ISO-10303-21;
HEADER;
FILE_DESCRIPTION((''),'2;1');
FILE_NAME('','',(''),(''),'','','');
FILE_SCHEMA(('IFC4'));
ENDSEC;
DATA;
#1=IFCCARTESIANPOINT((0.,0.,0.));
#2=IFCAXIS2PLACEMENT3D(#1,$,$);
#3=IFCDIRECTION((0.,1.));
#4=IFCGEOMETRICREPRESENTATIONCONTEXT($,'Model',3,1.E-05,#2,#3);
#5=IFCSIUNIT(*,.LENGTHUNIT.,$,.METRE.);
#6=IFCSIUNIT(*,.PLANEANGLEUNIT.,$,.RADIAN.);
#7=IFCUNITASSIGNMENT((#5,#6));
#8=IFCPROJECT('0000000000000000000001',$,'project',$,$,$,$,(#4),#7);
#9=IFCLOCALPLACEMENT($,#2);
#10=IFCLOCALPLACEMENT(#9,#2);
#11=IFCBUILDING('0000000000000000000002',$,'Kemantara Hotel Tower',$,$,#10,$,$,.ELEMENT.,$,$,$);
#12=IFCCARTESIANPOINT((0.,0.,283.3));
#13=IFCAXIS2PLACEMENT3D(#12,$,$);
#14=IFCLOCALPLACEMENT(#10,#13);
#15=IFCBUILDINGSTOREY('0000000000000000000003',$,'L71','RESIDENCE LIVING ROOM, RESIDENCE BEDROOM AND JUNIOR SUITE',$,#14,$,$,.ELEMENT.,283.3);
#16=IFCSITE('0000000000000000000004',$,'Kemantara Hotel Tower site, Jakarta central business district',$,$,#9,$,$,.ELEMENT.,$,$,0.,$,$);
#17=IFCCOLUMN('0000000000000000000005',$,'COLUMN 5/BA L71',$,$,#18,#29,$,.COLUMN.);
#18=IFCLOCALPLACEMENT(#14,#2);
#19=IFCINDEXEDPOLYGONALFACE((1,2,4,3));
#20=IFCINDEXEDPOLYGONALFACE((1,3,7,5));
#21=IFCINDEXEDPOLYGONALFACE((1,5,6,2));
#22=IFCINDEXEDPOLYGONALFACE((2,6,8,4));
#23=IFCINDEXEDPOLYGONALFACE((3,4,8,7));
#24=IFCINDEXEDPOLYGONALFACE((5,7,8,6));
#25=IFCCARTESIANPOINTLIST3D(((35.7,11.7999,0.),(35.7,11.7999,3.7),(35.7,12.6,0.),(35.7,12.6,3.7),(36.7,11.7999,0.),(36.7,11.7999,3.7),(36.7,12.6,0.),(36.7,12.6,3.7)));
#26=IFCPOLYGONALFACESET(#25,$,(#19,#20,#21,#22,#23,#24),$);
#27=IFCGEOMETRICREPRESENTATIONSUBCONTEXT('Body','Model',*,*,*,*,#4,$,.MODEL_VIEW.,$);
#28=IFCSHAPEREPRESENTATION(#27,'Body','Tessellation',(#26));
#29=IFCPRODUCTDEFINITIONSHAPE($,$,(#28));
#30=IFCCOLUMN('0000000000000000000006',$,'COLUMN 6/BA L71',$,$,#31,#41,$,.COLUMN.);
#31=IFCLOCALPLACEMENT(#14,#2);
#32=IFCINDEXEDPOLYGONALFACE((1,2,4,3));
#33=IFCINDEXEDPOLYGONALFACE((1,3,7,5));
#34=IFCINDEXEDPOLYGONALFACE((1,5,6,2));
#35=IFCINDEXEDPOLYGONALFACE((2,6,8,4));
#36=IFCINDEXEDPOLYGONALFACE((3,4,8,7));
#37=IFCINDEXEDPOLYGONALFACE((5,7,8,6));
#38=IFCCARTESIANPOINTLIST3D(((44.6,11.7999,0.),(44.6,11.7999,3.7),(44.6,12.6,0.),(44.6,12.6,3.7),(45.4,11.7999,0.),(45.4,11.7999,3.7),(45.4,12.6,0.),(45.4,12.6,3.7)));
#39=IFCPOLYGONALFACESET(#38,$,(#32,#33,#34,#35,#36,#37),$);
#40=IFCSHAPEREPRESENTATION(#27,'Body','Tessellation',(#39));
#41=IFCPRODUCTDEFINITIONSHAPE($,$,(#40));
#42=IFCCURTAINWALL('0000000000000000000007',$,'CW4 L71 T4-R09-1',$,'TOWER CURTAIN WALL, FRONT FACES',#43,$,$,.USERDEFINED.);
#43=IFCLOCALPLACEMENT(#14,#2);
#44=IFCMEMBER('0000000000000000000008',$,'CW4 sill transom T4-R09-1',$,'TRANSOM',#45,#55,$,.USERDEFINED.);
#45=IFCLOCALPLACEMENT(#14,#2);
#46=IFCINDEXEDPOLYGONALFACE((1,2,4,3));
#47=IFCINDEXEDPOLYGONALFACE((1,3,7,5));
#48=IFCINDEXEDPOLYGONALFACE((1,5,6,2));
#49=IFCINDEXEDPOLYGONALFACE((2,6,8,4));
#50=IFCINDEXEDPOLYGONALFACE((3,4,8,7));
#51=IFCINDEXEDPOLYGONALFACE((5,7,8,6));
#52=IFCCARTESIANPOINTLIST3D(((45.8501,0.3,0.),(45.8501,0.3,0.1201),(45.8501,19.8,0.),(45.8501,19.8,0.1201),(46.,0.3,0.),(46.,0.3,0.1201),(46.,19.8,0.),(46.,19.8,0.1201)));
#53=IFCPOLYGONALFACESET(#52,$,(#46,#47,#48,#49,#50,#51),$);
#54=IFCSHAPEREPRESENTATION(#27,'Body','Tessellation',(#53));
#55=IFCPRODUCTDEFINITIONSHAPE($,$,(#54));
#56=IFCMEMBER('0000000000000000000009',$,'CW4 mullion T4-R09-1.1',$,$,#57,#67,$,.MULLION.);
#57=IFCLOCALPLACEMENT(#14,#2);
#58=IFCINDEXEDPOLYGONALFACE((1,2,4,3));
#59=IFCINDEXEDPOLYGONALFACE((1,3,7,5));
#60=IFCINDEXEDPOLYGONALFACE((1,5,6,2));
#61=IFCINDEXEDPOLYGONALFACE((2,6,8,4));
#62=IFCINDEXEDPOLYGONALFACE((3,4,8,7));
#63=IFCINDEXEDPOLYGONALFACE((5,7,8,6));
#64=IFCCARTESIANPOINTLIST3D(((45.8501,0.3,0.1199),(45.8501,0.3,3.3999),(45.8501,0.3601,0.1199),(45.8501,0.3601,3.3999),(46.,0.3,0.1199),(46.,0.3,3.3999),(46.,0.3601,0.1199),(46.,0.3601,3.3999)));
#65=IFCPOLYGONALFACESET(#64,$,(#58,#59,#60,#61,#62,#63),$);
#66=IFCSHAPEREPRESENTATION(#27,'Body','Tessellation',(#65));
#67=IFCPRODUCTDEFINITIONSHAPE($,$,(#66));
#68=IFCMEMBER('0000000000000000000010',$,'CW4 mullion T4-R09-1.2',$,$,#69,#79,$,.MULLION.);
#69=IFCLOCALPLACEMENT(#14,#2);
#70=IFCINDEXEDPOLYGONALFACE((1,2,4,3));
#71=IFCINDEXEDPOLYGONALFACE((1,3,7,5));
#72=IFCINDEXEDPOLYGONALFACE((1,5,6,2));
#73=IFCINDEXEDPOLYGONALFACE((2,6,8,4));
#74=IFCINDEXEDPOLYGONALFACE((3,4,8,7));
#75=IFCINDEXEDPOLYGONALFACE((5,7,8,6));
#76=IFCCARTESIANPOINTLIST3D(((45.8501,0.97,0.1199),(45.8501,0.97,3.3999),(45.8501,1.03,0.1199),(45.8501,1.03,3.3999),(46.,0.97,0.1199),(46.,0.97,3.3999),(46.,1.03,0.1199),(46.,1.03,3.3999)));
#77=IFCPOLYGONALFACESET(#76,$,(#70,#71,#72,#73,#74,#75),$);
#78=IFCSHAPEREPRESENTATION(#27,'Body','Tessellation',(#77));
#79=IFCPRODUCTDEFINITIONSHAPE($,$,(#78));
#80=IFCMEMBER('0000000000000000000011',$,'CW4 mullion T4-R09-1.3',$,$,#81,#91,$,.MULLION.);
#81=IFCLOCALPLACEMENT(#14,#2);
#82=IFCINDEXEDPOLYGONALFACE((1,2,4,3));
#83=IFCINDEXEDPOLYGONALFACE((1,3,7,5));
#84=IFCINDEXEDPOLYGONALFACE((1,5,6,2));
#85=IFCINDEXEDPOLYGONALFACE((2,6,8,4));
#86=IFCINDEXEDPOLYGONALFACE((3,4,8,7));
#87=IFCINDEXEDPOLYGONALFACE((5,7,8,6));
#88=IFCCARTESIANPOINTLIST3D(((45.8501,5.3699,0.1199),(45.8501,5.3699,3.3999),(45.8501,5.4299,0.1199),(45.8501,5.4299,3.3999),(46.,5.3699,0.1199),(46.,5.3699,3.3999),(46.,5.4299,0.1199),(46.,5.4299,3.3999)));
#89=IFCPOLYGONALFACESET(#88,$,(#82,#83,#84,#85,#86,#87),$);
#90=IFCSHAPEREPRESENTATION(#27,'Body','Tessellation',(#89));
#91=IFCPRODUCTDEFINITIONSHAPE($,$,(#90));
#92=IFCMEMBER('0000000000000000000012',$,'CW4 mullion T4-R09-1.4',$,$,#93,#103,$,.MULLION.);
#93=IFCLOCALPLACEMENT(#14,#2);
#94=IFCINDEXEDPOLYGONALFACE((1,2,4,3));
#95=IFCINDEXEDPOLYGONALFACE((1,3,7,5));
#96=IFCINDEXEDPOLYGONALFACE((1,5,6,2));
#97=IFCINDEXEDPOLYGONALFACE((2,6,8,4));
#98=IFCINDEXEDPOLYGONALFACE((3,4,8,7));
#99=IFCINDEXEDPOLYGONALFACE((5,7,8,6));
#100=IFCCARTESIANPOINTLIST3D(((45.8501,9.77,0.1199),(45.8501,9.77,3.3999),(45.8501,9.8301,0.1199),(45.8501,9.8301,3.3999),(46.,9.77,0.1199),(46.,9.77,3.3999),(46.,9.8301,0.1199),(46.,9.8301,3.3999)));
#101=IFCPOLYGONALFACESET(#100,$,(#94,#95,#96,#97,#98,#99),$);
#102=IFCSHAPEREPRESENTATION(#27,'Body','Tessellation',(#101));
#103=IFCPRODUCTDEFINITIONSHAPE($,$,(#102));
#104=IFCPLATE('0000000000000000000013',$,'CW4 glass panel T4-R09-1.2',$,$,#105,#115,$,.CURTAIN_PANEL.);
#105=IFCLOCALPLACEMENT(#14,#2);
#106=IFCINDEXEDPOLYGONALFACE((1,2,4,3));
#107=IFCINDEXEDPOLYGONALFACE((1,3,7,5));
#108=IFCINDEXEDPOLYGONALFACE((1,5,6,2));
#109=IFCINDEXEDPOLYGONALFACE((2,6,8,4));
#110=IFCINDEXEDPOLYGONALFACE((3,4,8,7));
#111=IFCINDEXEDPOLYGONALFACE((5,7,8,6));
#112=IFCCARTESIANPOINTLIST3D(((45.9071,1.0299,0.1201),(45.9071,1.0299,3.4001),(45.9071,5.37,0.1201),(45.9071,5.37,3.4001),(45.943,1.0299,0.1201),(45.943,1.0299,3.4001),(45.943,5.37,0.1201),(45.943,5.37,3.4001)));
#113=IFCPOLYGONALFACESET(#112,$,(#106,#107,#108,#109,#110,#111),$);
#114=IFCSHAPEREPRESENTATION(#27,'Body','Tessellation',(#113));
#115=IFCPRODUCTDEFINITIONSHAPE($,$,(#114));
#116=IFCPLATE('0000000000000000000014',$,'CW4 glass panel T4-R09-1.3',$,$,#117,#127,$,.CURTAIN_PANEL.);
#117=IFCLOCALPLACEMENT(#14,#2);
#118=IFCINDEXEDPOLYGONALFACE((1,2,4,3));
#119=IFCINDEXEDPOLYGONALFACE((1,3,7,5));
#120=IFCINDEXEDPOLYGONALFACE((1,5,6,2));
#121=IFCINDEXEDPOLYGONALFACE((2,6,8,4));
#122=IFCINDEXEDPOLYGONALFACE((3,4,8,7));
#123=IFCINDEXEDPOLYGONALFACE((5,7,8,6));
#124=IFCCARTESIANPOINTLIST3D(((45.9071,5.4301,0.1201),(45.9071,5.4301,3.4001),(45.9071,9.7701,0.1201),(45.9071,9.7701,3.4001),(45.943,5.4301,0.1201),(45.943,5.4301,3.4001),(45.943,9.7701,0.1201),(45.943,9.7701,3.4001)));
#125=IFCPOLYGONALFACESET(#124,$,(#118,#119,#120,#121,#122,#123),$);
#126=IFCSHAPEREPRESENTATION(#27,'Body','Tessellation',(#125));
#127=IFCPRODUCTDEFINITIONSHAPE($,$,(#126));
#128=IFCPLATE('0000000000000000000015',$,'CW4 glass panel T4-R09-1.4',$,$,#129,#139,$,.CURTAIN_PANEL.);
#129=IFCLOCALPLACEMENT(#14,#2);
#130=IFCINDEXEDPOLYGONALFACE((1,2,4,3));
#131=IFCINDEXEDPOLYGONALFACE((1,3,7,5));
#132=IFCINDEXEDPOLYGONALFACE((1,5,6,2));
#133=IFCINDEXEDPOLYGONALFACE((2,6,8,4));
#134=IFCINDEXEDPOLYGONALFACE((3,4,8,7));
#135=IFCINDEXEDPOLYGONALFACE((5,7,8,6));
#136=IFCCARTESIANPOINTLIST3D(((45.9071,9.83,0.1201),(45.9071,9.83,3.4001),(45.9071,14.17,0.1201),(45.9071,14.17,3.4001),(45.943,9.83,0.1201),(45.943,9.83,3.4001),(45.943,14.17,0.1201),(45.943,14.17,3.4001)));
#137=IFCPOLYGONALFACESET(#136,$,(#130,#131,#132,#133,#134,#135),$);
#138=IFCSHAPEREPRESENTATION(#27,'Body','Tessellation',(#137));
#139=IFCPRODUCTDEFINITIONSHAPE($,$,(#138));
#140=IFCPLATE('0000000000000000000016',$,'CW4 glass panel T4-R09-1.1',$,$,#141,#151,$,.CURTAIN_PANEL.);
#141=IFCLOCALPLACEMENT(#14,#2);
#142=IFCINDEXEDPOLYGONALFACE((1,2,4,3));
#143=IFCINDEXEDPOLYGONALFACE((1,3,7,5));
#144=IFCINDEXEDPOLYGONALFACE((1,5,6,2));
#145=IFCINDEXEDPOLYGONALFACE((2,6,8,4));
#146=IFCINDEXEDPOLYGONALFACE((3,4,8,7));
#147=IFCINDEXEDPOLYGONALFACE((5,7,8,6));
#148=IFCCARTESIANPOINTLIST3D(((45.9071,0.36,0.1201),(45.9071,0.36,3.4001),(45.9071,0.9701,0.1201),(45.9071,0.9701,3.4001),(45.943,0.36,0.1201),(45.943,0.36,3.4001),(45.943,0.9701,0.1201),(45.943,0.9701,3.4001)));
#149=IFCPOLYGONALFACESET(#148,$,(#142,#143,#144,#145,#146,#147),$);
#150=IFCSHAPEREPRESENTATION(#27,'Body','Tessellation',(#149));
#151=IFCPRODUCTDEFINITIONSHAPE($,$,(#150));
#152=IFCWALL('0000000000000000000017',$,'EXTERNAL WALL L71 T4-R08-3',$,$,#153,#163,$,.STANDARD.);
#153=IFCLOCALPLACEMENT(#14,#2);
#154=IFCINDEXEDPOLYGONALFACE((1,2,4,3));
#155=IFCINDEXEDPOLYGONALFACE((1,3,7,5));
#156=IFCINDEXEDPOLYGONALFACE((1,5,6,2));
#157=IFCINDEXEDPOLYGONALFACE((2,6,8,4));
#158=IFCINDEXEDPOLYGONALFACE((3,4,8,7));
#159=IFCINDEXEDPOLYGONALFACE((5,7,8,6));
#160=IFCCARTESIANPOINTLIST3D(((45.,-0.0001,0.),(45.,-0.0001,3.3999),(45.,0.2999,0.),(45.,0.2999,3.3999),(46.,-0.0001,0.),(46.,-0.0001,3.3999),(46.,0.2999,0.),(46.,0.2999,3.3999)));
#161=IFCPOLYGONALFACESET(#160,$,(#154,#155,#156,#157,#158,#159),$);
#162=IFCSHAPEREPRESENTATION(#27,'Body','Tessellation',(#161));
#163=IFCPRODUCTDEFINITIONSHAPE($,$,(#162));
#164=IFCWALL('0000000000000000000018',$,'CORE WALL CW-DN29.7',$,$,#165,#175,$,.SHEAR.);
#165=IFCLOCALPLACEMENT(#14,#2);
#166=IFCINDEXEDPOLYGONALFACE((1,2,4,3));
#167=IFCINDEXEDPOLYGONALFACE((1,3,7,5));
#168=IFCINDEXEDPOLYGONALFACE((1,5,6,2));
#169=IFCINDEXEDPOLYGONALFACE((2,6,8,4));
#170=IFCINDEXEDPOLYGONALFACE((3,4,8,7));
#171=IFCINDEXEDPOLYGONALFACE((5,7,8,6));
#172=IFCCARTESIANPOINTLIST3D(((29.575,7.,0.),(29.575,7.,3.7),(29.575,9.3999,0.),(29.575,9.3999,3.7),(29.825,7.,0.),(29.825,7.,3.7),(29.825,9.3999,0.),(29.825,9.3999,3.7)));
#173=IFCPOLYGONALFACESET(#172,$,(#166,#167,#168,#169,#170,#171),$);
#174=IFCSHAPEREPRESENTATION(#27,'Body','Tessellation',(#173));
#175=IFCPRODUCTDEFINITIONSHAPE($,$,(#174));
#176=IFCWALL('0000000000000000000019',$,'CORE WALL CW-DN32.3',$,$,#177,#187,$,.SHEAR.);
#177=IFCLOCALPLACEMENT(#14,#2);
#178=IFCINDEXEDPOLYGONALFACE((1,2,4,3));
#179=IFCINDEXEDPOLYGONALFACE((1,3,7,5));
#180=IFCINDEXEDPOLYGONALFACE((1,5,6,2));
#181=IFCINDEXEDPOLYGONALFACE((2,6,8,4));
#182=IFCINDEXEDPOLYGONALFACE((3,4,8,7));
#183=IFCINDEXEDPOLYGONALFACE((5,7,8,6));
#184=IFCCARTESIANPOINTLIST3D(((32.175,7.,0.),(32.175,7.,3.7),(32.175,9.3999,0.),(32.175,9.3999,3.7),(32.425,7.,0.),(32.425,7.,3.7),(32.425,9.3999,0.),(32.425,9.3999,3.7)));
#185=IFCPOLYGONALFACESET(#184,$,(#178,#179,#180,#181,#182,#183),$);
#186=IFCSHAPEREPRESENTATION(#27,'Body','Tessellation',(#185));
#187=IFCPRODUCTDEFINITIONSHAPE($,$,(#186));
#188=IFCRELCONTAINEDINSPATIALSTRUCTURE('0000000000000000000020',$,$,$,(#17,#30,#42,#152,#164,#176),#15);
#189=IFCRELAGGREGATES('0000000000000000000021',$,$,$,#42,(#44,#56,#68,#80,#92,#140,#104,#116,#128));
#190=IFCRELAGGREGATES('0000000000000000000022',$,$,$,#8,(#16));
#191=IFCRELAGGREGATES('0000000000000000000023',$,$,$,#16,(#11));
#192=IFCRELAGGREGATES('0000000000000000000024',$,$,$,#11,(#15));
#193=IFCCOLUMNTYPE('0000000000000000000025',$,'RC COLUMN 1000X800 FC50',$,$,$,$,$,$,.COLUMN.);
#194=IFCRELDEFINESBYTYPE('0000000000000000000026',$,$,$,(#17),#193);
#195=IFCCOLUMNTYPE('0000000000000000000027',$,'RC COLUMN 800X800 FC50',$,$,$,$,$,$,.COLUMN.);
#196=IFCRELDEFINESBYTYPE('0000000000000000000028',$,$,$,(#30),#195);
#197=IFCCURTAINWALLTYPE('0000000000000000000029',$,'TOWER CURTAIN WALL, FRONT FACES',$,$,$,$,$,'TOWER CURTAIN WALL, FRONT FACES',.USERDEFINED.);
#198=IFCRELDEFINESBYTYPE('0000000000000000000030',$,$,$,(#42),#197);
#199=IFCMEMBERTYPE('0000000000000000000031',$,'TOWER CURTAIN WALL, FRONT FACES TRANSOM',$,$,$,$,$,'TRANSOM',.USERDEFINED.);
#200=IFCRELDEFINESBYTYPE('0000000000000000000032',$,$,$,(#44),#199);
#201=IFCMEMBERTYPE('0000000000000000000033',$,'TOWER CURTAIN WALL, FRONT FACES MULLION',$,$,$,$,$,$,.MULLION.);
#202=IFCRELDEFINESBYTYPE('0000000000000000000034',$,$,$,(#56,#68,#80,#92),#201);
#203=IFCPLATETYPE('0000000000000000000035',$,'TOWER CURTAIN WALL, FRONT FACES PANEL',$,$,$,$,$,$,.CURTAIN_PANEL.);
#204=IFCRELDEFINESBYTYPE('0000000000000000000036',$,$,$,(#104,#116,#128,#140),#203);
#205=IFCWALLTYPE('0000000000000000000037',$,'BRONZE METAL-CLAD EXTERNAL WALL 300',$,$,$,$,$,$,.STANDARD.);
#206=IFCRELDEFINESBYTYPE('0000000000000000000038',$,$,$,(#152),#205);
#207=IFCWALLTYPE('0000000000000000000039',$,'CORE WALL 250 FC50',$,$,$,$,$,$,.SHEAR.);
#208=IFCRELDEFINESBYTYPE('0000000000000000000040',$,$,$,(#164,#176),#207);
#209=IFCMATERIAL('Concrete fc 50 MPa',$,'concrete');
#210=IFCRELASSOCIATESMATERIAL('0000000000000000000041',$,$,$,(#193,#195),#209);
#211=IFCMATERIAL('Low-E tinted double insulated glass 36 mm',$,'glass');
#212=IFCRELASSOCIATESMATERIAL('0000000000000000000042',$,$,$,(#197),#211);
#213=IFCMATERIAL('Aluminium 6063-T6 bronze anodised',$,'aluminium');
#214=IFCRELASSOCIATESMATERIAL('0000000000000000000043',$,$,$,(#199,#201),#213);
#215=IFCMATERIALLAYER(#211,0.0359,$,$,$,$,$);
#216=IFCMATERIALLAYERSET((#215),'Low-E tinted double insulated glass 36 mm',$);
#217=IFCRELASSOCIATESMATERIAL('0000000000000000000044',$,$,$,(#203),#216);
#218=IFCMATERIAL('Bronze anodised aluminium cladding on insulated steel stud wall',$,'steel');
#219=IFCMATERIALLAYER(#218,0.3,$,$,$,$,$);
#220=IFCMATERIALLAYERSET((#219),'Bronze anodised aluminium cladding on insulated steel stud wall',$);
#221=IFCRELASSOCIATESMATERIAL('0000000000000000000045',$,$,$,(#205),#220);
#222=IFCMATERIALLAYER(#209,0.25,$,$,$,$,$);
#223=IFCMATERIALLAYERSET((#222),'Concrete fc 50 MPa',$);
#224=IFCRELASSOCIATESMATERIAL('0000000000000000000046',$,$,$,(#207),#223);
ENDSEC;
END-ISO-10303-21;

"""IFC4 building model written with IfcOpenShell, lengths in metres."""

from ifc_helpers import new_model, si_unit, direction, frame, frame_2d, origin, origin_2d, place, context, subcontext, project, spatial, rectangle, extrude, source, transform, mapped, material, layer, layer_set, material_profile, profile_set, type_object, element, aggregate, save


model = new_model("IFC4")

# Units and contexts
model_context = context("Model", 3, precision=1e-05, world=origin(), true_north=direction((0.0, 1.0)))
body_context = subcontext(model_context, "Body", "Model", "MODEL_VIEW")
ifc_project = project(units=[si_unit("LENGTHUNIT", "METRE"), si_unit("PLANEANGLEUNIT", "RADIAN")], contexts=[model_context])

# Site, building, storey
site_placement = place(None, origin())
site = spatial("IfcSite", under=ifc_project, at=site_placement, Name="Kemantara Hotel Tower site, Jakarta central business district", CompositionType="ELEMENT", RefElevation=0.0)
building_placement = place(site_placement, origin())
building = spatial("IfcBuilding", under=site, at=building_placement, Name="Kemantara Hotel Tower", CompositionType="ELEMENT")
storey_placement = place(building_placement, frame((0.0, 0.0, 283.3)))
storey = spatial("IfcBuildingStorey", under=building, at=storey_placement, Name="L71", Description="RESIDENCE LIVING ROOM, RESIDENCE BEDROOM AND JUNIOR SUITE", CompositionType="ELEMENT", Elevation=283.3)

# Columns
ifc_material_1 = material(Name="Concrete fc 50 MPa", Category="concrete")
ifc_material_profile_1 = material_profile(ifc_material_1, rectangle(XDim=1.0, YDim=0.8, at=origin_2d()), Name="RC 1000X800")
ifc_profile_set_1 = profile_set([ifc_material_profile_1], Name="Concrete fc 50 MPa")
column_type_1 = type_object("IfcColumnType", Name="RC COLUMN 1000X800 FC50", PredefinedType="COLUMN", material=ifc_profile_set_1)
column_1_placement = place(storey_placement, frame((36.2, 12.2, 0.0), z_axis=(0.0, 0.0, 1.0), x_axis=(1.0, 0.0, 0.0)))
element("IfcColumn", 1, at=column_1_placement, inside=storey, type_object=column_type_1, Name="COLUMN 5/BA L71", PredefinedType="COLUMN", context=body_context, shape_type="SweptSolid", body=[
    extrude(rectangle(XDim=1.0, YDim=0.8, at=origin_2d()), origin(), (0.0, 0.0, 1.0), 3.7),
])
ifc_material_profile_2 = material_profile(ifc_material_1, rectangle(XDim=0.8, YDim=0.8, at=origin_2d()), Name="RC 800X800")
ifc_profile_set_2 = profile_set([ifc_material_profile_2], Name="Concrete fc 50 MPa")
column_type_2 = type_object("IfcColumnType", Name="RC COLUMN 800X800 FC50", PredefinedType="COLUMN", material=ifc_profile_set_2)
column_2_placement = place(storey_placement, frame((45.0, 12.2, 0.0), z_axis=(0.0, 0.0, 1.0), x_axis=(1.0, 0.0, 0.0)))
element("IfcColumn", 2, at=column_2_placement, inside=storey, type_object=column_type_2, Name="COLUMN 6/BA L71", PredefinedType="COLUMN", context=body_context, shape_type="SweptSolid", body=[
    extrude(rectangle(XDim=0.8, YDim=0.8, at=origin_2d()), origin(), (0.0, 0.0, 1.0), 3.7),
])

# Curtain wall, members, plates
ifc_material_2 = material(Name="Low-E tinted double insulated glass 36 mm", Category="glass")
curtain_wall_type = type_object("IfcCurtainWallType", Name="TOWER CURTAIN WALL, FRONT FACES", ElementType="TOWER CURTAIN WALL, FRONT FACES", PredefinedType="USERDEFINED", material=ifc_material_2)
curtain_wall_placement = place(storey_placement, origin())
curtain_wall = element("IfcCurtainWall", 3, at=curtain_wall_placement, inside=storey, type_object=curtain_wall_type, Name="CW4 L71 T4-R09-1", ObjectType="TOWER CURTAIN WALL, FRONT FACES", PredefinedType="USERDEFINED")
ifc_material_3 = material(Name="Aluminium 6063-T6 bronze anodised", Category="aluminium")
ifc_material_profile_3 = material_profile(ifc_material_3, rectangle(XDim=0.1499, YDim=0.1201, at=origin_2d()), Name="TOWER CURTAIN WALL, FRONT FACES TRANSOM")
ifc_profile_set_3 = profile_set([ifc_material_profile_3], Name="Aluminium 6063-T6 bronze anodised")
member_type_1 = type_object("IfcMemberType", Name="TOWER CURTAIN WALL, FRONT FACES TRANSOM", ElementType="TRANSOM", PredefinedType="USERDEFINED", material=ifc_profile_set_3)
member_1_placement = place(storey_placement, frame((45.925, 0.3, 0.0601), z_axis=(0.0, 1.0, 0.0), x_axis=(-1.0, 0.0, 0.0)))
member_1 = element("IfcMember", 4, at=member_1_placement, type_object=member_type_1, Name="CW4 sill transom T4-R09-1", ObjectType="TRANSOM", PredefinedType="USERDEFINED", context=body_context, shape_type="SweptSolid", body=[
    extrude(rectangle(XDim=0.1499, YDim=0.1201, at=origin_2d()), origin(), (0.0, 0.0, 1.0), 19.5),
])
ifc_material_profile_4 = material_profile(ifc_material_3, rectangle(XDim=0.1499, YDim=0.0601, at=origin_2d()), Name="TOWER CURTAIN WALL, FRONT FACES MULLION")
ifc_profile_set_4 = profile_set([ifc_material_profile_4], Name="Aluminium 6063-T6 bronze anodised")
member_type_2 = type_object("IfcMemberType", Name="TOWER CURTAIN WALL, FRONT FACES MULLION", PredefinedType="MULLION", material=ifc_profile_set_4)
shared_shape_1 = source(origin(), body_context, "Body", "SweptSolid", [
    extrude(rectangle(XDim=0.1499, YDim=0.0601, at=origin_2d()), origin(), (0.0, 0.0, 1.0), 3.28),
])
member_2_placement = place(storey_placement, frame((45.925, 0.3301, 0.1199), z_axis=(0.0, 0.0, 1.0), x_axis=(-1.0, 0.0, 0.0)))
member_2 = element("IfcMember", 5, at=member_2_placement, type_object=member_type_2, Name="CW4 mullion T4-R09-1.1", PredefinedType="MULLION", context=body_context, shape_type="MappedRepresentation", body=[
    mapped(shared_shape_1, transform((0.0, 0.0, 0.0))),
])
member_3_placement = place(storey_placement, frame((45.925, 1.0, 0.1199), z_axis=(0.0, 0.0, 1.0), x_axis=(-1.0, 0.0, 0.0)))
member_3 = element("IfcMember", 6, at=member_3_placement, type_object=member_type_2, Name="CW4 mullion T4-R09-1.2", PredefinedType="MULLION", context=body_context, shape_type="MappedRepresentation", body=[
    mapped(shared_shape_1, transform((0.0, 0.0, 0.0))),
])
member_4_placement = place(storey_placement, frame((45.925, 5.3999, 0.1199), z_axis=(0.0, 0.0, 1.0), x_axis=(-1.0, 0.0, 0.0)))
member_4 = element("IfcMember", 7, at=member_4_placement, type_object=member_type_2, Name="CW4 mullion T4-R09-1.3", PredefinedType="MULLION", context=body_context, shape_type="MappedRepresentation", body=[
    mapped(shared_shape_1, transform((0.0, 0.0, 0.0))),
])
member_5_placement = place(storey_placement, frame((45.925, 9.8, 0.1199), z_axis=(0.0, 0.0, 1.0), x_axis=(-1.0, 0.0, 0.0)))
member_5 = element("IfcMember", 8, at=member_5_placement, type_object=member_type_2, Name="CW4 mullion T4-R09-1.4", PredefinedType="MULLION", context=body_context, shape_type="MappedRepresentation", body=[
    mapped(shared_shape_1, transform((0.0, 0.0, 0.0))),
])
ifc_layer_1 = layer(ifc_material_2, 0.0359)
ifc_layer_set_1 = layer_set([ifc_layer_1], Name="Low-E tinted double insulated glass 36 mm")
plate_type = type_object("IfcPlateType", Name="TOWER CURTAIN WALL, FRONT FACES PANEL", PredefinedType="CURTAIN_PANEL", material=ifc_layer_set_1)
shared_shape_2 = source(origin(), body_context, "Body", "SweptSolid", [
    extrude(rectangle(XDim=4.3401, YDim=0.0359, at=origin_2d()), origin(), (0.0, 0.0, 1.0), 3.28),
])
plate_1_placement = place(storey_placement, frame((45.925, 3.2, 0.1201), z_axis=(0.0, 0.0, 1.0), x_axis=(0.0, 1.0, 0.0)))
plate_1 = element("IfcPlate", 9, at=plate_1_placement, type_object=plate_type, Name="CW4 glass panel T4-R09-1.2", PredefinedType="CURTAIN_PANEL", context=body_context, shape_type="MappedRepresentation", body=[
    mapped(shared_shape_2, transform((0.0, 0.0, 0.0))),
])
plate_2_placement = place(storey_placement, frame((45.925, 7.6001, 0.1201), z_axis=(0.0, 0.0, 1.0), x_axis=(0.0, 1.0, 0.0)))
plate_2 = element("IfcPlate", 10, at=plate_2_placement, type_object=plate_type, Name="CW4 glass panel T4-R09-1.3", PredefinedType="CURTAIN_PANEL", context=body_context, shape_type="MappedRepresentation", body=[
    mapped(shared_shape_2, transform((0.0, 0.0, 0.0))),
])
plate_3_placement = place(storey_placement, frame((45.925, 12.0, 0.1201), z_axis=(0.0, 0.0, 1.0), x_axis=(0.0, 1.0, 0.0)))
plate_3 = element("IfcPlate", 11, at=plate_3_placement, type_object=plate_type, Name="CW4 glass panel T4-R09-1.4", PredefinedType="CURTAIN_PANEL", context=body_context, shape_type="MappedRepresentation", body=[
    mapped(shared_shape_2, transform((0.0, 0.0, 0.0))),
])
shared_shape_3 = source(origin(), body_context, "Body", "SweptSolid", [
    extrude(rectangle(XDim=0.6101, YDim=0.0359, at=origin_2d()), origin(), (0.0, 0.0, 1.0), 3.28),
])
plate_4_placement = place(storey_placement, frame((45.925, 0.665, 0.1201), z_axis=(0.0, 0.0, 1.0), x_axis=(0.0, 1.0, 0.0)))
plate_4 = element("IfcPlate", 12, at=plate_4_placement, type_object=plate_type, Name="CW4 glass panel T4-R09-1.1", PredefinedType="CURTAIN_PANEL", context=body_context, shape_type="MappedRepresentation", body=[
    mapped(shared_shape_3, transform((0.0, 0.0, 0.0))),
])
aggregate(curtain_wall, [member_1, member_2, member_3, member_4, member_5, plate_4, plate_1, plate_2, plate_3])

# Walls
ifc_material_4 = material(Name="Bronze anodised aluminium cladding on insulated steel stud wall", Category="steel")
ifc_layer_2 = layer(ifc_material_4, 0.3)
ifc_layer_set_2 = layer_set([ifc_layer_2], Name="Bronze anodised aluminium cladding on insulated steel stud wall")
wall_type_1 = type_object("IfcWallType", Name="BRONZE METAL-CLAD EXTERNAL WALL 300", PredefinedType="STANDARD", material=ifc_layer_set_2)
wall_1_placement = place(storey_placement, frame((45.0, 0.1499, 0.0), z_axis=(0.0, 0.0, 1.0), x_axis=(1.0, 0.0, 0.0)))
element("IfcWall", 13, at=wall_1_placement, inside=storey, type_object=wall_type_1, Name="EXTERNAL WALL L71 T4-R08-3", PredefinedType="STANDARD", context=body_context, shape_type="SweptSolid", body=[
    extrude(rectangle(XDim=1.0, YDim=0.3, at=frame_2d((0.5, 0.0))), origin(), (0.0, 0.0, 1.0), 3.3999),
])
ifc_layer_3 = layer(ifc_material_1, 0.25)
ifc_layer_set_3 = layer_set([ifc_layer_3], Name="Concrete fc 50 MPa")
wall_type_2 = type_object("IfcWallType", Name="CORE WALL 250 FC50", PredefinedType="SHEAR", material=ifc_layer_set_3)
for number, where, z_axis, x_axis, name in (
    (14, (29.7, 7.0, 0.0), (0.0, 0.0, 1.0), (0.0, 1.0, 0.0), "CORE WALL CW-DN29.7"),
    (15, (32.3, 7.0, 0.0), (0.0, 0.0, 1.0), (0.0, 1.0, 0.0), "CORE WALL CW-DN32.3"),
):
    element("IfcWall", number, at=place(storey_placement, frame(where, z_axis=z_axis, x_axis=x_axis)), inside=storey, type_object=wall_type_2, Name=name, PredefinedType="SHEAR", context=body_context, shape_type="SweptSolid", body=[
        extrude(rectangle(XDim=2.3999, YDim=0.25, at=frame_2d((1.2, 0.0))), origin(), (0.0, 0.0, 1.0), 3.7),
    ])

save(model, "model.ifc")
